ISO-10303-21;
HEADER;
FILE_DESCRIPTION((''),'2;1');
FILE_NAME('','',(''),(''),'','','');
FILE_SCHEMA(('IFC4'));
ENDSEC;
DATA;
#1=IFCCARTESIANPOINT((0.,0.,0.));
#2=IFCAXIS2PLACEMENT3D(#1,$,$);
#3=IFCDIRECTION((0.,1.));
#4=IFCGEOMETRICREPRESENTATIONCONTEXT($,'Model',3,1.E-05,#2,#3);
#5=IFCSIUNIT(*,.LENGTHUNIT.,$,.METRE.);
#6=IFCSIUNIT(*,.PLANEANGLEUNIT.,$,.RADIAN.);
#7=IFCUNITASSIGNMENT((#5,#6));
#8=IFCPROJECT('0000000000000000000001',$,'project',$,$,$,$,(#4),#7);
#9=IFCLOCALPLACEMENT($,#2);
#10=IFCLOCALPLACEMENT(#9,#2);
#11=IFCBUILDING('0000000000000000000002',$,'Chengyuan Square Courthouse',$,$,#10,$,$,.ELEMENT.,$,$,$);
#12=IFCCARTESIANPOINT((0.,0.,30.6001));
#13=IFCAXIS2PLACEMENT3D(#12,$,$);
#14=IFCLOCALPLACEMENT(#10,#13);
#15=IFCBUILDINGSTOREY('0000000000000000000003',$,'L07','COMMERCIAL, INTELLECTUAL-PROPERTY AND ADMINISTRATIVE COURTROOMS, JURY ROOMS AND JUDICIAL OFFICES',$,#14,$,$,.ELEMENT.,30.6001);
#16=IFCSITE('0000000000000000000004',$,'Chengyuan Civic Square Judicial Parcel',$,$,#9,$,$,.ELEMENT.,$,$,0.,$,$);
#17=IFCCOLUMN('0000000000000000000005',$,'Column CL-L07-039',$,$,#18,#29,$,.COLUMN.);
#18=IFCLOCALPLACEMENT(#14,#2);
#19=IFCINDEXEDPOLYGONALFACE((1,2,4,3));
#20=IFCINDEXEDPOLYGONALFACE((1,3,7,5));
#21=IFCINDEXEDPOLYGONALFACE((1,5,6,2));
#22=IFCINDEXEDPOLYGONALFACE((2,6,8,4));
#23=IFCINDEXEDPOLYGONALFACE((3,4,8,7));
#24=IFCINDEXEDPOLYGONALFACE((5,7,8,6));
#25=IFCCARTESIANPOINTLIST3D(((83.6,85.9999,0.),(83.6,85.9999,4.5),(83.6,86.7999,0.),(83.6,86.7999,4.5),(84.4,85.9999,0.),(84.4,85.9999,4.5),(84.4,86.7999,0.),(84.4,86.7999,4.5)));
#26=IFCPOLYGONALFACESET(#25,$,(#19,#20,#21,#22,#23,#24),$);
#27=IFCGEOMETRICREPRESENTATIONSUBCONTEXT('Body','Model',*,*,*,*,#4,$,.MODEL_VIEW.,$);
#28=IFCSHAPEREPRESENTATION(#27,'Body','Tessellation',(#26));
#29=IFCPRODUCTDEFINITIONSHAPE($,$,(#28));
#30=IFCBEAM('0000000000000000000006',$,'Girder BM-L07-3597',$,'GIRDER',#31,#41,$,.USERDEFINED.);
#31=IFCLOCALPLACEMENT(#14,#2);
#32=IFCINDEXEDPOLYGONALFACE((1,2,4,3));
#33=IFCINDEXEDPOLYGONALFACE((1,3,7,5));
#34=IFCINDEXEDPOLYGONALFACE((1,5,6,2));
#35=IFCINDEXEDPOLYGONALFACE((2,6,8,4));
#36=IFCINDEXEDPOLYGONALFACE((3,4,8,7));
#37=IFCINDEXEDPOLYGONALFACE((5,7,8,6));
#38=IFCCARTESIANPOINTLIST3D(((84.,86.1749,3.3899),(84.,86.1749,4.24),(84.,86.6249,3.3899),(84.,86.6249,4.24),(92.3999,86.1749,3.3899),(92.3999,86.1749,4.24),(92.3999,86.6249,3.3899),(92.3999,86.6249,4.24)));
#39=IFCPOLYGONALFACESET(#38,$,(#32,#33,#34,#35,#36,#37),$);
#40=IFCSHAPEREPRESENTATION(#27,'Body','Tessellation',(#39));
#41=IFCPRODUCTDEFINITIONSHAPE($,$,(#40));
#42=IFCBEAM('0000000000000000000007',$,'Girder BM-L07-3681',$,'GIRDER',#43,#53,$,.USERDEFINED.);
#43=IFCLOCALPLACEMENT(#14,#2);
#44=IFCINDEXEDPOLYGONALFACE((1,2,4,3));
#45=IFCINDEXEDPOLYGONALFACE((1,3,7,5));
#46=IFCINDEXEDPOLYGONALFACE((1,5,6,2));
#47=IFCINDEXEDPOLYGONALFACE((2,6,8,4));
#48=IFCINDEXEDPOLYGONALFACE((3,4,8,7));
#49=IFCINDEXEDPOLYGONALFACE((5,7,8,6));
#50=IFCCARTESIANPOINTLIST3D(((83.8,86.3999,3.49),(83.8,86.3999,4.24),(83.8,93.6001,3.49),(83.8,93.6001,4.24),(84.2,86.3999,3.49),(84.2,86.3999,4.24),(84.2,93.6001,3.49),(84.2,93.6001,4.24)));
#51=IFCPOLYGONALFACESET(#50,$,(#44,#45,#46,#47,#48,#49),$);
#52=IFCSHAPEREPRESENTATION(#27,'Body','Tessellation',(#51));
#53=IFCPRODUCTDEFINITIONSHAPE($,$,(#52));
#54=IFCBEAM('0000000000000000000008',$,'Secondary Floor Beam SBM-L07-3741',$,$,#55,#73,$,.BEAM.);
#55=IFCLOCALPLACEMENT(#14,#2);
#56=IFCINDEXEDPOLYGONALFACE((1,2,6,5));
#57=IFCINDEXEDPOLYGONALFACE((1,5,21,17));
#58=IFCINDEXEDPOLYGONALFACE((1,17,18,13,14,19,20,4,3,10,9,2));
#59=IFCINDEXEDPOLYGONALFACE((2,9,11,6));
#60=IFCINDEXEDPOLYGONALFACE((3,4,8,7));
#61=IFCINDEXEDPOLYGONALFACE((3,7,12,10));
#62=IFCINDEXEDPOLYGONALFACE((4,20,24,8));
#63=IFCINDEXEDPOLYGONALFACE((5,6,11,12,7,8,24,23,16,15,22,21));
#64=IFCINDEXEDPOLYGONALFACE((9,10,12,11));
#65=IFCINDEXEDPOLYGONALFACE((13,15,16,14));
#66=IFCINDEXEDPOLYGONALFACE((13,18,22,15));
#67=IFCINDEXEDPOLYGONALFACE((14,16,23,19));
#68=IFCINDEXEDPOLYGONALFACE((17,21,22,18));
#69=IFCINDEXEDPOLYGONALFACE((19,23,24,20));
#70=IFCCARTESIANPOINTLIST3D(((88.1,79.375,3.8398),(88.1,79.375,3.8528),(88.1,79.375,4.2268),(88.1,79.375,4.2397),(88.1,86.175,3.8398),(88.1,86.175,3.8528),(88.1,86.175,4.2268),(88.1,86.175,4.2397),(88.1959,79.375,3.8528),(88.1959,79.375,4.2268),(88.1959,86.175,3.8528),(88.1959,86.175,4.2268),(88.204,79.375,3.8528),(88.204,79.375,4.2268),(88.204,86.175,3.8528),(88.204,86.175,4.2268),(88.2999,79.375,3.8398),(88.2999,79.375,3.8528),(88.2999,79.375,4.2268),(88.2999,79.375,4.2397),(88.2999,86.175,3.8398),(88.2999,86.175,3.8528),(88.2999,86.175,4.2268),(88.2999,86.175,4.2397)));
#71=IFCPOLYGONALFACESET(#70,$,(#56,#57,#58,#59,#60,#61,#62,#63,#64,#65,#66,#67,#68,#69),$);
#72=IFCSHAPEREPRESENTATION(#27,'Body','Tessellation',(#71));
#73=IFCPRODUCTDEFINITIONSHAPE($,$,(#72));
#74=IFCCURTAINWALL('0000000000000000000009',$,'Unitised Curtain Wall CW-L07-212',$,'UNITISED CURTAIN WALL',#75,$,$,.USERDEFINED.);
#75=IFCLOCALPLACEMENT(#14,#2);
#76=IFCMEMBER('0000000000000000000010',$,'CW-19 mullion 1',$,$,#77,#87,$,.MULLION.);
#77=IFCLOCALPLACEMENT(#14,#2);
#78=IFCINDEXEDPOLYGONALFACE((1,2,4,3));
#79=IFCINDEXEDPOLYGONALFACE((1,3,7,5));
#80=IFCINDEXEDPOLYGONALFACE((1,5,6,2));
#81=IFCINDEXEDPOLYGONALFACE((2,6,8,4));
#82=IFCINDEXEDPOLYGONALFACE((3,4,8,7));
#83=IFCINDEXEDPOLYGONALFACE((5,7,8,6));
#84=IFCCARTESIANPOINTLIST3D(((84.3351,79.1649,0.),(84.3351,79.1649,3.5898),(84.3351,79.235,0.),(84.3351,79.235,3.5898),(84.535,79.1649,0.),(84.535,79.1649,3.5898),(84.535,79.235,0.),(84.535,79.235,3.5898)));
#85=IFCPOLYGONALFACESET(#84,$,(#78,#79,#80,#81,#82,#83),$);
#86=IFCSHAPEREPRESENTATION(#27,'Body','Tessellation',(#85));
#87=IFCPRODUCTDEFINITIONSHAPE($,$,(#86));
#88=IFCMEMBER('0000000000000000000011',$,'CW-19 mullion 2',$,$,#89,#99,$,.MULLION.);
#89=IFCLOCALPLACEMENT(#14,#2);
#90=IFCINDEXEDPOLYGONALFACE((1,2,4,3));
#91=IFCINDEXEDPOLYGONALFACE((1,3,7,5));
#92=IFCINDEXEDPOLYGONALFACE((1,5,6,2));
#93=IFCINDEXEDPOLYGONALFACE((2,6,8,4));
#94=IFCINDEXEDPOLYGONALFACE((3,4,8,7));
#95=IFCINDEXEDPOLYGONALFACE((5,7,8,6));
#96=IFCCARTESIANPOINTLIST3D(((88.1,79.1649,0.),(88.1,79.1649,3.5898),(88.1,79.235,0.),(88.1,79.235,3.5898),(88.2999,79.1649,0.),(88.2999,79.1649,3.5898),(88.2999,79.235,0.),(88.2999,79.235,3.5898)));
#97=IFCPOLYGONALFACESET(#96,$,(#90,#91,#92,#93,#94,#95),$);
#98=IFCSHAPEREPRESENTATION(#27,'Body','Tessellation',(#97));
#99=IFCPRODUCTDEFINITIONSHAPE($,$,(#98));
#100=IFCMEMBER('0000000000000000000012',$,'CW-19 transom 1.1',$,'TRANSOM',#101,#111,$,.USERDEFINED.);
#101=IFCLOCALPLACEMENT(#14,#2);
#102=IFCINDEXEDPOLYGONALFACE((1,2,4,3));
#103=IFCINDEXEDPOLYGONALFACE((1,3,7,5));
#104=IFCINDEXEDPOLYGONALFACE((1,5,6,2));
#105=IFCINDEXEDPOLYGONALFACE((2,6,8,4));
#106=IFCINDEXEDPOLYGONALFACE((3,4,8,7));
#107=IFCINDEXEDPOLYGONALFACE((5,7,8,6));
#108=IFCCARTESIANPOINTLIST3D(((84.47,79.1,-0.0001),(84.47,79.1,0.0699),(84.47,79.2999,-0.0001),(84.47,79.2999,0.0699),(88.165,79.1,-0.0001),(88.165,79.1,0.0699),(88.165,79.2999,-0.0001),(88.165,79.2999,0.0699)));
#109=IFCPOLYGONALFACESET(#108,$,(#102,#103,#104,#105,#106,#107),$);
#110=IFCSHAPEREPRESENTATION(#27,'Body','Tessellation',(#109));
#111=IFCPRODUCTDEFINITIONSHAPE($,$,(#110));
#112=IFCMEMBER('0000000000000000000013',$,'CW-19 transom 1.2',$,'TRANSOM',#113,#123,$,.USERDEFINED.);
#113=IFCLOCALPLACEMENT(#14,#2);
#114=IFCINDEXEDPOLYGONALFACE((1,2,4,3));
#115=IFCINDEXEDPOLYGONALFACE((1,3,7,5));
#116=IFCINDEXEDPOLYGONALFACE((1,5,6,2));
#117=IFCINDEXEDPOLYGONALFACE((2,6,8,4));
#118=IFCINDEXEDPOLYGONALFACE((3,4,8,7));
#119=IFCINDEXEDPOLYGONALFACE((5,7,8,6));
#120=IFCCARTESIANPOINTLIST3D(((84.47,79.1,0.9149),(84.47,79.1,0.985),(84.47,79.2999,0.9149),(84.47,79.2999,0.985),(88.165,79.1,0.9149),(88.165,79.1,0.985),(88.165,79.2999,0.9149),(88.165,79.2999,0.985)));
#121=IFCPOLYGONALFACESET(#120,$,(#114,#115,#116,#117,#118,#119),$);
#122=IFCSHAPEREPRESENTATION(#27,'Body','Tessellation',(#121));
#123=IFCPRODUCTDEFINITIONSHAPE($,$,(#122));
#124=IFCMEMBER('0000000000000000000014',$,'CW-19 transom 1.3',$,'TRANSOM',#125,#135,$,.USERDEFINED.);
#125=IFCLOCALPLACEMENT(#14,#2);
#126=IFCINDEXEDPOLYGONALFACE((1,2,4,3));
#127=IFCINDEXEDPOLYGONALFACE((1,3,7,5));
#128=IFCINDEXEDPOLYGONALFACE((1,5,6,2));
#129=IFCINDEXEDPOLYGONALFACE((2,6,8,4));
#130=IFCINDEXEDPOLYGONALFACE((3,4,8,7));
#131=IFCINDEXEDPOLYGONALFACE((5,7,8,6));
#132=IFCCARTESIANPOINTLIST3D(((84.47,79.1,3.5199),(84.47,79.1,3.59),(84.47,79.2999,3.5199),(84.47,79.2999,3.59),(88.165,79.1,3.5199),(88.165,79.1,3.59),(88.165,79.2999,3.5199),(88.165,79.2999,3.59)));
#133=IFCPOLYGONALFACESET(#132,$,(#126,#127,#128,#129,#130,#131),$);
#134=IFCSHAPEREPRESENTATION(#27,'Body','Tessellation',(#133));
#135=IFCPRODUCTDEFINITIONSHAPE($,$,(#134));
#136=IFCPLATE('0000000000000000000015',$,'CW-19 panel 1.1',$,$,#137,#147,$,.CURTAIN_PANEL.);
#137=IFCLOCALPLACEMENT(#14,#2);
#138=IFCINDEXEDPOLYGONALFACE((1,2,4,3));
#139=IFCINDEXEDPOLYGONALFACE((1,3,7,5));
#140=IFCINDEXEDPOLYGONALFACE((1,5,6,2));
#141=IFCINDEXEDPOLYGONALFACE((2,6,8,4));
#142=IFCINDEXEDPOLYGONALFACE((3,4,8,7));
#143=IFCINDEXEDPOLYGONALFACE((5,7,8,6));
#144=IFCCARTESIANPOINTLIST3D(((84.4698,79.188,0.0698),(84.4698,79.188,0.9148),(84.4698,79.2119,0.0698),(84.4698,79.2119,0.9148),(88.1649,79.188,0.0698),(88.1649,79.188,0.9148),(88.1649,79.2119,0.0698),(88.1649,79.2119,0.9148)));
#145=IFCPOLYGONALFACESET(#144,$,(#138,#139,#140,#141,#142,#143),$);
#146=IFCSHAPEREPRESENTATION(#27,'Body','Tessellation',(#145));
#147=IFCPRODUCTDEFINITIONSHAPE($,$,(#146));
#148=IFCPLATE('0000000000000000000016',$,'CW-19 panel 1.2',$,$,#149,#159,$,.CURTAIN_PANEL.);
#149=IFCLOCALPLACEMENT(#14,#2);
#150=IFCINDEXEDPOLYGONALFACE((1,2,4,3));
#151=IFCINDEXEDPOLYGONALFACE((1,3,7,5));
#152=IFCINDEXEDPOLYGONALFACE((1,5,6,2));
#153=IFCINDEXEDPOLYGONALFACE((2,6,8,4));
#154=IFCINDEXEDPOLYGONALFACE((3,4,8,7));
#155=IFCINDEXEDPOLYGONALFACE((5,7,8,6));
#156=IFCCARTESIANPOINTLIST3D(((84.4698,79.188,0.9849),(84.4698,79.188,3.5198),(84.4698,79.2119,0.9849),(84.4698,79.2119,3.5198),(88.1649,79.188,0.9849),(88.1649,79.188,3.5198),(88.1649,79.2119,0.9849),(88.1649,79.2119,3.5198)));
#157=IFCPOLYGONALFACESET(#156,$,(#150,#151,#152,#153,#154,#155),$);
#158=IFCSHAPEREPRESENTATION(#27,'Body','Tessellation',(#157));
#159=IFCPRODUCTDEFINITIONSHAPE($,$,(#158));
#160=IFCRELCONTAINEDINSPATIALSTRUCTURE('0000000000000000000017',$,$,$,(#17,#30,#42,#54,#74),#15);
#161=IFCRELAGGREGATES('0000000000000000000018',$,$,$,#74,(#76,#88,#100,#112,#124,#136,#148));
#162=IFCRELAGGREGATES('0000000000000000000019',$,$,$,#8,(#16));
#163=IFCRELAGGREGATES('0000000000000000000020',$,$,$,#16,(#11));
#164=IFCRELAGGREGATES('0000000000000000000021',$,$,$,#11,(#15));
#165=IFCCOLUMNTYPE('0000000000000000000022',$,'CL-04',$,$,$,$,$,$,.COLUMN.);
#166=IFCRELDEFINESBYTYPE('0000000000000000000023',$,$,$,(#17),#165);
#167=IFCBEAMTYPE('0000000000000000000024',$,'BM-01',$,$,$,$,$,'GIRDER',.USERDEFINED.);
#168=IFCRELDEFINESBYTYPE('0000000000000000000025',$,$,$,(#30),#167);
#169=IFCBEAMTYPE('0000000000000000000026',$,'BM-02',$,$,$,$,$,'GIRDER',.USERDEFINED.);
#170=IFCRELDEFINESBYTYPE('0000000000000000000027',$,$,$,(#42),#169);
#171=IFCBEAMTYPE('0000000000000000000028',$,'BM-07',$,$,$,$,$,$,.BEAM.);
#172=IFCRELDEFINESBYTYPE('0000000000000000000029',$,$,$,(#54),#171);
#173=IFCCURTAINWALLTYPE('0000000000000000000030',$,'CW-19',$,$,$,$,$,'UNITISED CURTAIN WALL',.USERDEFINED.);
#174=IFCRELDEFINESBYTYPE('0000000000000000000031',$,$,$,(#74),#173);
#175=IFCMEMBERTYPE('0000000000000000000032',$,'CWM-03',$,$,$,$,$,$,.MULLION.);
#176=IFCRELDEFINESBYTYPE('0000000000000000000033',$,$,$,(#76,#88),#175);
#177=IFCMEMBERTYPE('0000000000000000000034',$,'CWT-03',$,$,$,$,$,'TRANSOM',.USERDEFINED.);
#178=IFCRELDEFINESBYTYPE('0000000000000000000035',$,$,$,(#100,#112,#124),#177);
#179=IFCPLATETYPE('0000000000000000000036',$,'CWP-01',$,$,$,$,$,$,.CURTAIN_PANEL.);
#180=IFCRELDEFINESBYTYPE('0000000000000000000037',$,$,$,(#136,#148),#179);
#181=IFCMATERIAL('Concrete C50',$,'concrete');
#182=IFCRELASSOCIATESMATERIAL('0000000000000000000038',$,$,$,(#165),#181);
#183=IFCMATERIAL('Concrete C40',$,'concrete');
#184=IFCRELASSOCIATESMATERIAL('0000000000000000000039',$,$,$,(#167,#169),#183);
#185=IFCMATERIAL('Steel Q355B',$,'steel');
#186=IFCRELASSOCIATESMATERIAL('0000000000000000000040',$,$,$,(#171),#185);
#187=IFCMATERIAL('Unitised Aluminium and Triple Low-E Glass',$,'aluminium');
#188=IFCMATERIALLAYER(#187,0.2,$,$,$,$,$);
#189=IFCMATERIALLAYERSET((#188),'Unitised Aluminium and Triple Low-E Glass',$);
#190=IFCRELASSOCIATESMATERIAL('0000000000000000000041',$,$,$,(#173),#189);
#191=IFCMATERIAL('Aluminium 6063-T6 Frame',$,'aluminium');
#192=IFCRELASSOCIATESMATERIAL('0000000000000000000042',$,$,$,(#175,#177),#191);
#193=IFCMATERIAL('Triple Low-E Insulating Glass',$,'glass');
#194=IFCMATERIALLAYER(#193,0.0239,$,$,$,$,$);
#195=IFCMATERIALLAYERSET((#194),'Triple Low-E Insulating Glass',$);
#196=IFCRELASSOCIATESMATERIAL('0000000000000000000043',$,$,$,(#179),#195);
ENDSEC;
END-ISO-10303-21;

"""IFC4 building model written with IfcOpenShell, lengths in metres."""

from ifc_helpers import new_model, si_unit, direction, frame, origin, origin_2d, place, context, subcontext, project, spatial, rectangle, i_section, extrude, material, layer, layer_set, material_profile, profile_set, type_object, element, aggregate, save


model = new_model("IFC4")

# Units and contexts
model_context = context("Model", 3, precision=1e-05, world=origin(), true_north=direction((0.0, 1.0)))
body_context = subcontext(model_context, "Body", "Model", "MODEL_VIEW")
ifc_project = project(units=[si_unit("LENGTHUNIT", "METRE"), si_unit("PLANEANGLEUNIT", "RADIAN")], contexts=[model_context])

# Site, building, storey
site_placement = place(None, origin())
site = spatial("IfcSite", under=ifc_project, at=site_placement, Name="Chengyuan Civic Square Judicial Parcel", CompositionType="ELEMENT", RefElevation=0.0)
building_placement = place(site_placement, origin())
building = spatial("IfcBuilding", under=site, at=building_placement, Name="Chengyuan Square Courthouse", CompositionType="ELEMENT")
storey_placement = place(building_placement, frame((0.0, 0.0, 30.6001)))
storey = spatial("IfcBuildingStorey", under=building, at=storey_placement, Name="L07", Description="COMMERCIAL, INTELLECTUAL-PROPERTY AND ADMINISTRATIVE COURTROOMS, JURY ROOMS AND JUDICIAL OFFICES", CompositionType="ELEMENT", Elevation=30.6001)

# Column
ifc_material_1 = material(Name="Concrete C50", Category="concrete")
ifc_material_profile_1 = material_profile(ifc_material_1, rectangle(XDim=0.8, YDim=0.8, at=origin_2d()), Name="RC-COL-800x800")
ifc_profile_set_1 = profile_set([ifc_material_profile_1], Name="Concrete C50")
column_type = type_object("IfcColumnType", Name="CL-04", PredefinedType="COLUMN", material=ifc_profile_set_1)
column_placement = place(storey_placement, frame((84.0, 86.3999, 0.0), z_axis=(0.0, 0.0, 1.0), x_axis=(1.0, 0.0, 0.0)))
element("IfcColumn", 1, at=column_placement, inside=storey, type_object=column_type, Name="Column CL-L07-039", PredefinedType="COLUMN", context=body_context, shape_type="SweptSolid", body=[
    extrude(rectangle(XDim=0.8, YDim=0.8, at=origin_2d()), origin(), (0.0, 0.0, 1.0), 4.5),
])

# Beams
ifc_material_2 = material(Name="Concrete C40", Category="concrete")
ifc_material_profile_2 = material_profile(ifc_material_2, rectangle(XDim=0.45, YDim=0.8501, at=origin_2d()), Name="RC-BM-450x850")
ifc_profile_set_2 = profile_set([ifc_material_profile_2], Name="Concrete C40")
beam_type_1 = type_object("IfcBeamType", Name="BM-01", ElementType="GIRDER", PredefinedType="USERDEFINED", material=ifc_profile_set_2)
beam_1_placement = place(storey_placement, frame((84.0, 86.3999, 3.8149), z_axis=(1.0, 0.0, 0.0), x_axis=(0.0, 1.0, 0.0)))
element("IfcBeam", 2, at=beam_1_placement, inside=storey, type_object=beam_type_1, Name="Girder BM-L07-3597", ObjectType="GIRDER", PredefinedType="USERDEFINED", context=body_context, shape_type="SweptSolid", body=[
    extrude(rectangle(XDim=0.45, YDim=0.8501, at=origin_2d()), origin(), (0.0, 0.0, 1.0), 8.3999),
])
ifc_material_profile_3 = material_profile(ifc_material_2, rectangle(XDim=0.3999, YDim=0.75, at=origin_2d()), Name="RC-BM-400x750")
ifc_profile_set_3 = profile_set([ifc_material_profile_3], Name="Concrete C40")
beam_type_2 = type_object("IfcBeamType", Name="BM-02", ElementType="GIRDER", PredefinedType="USERDEFINED", material=ifc_profile_set_3)
beam_2_placement = place(storey_placement, frame((84.0, 86.3999, 3.865), z_axis=(0.0, 1.0, 0.0), x_axis=(-1.0, 0.0, 0.0)))
element("IfcBeam", 3, at=beam_2_placement, inside=storey, type_object=beam_type_2, Name="Girder BM-L07-3681", ObjectType="GIRDER", PredefinedType="USERDEFINED", context=body_context, shape_type="SweptSolid", body=[
    extrude(rectangle(XDim=0.3999, YDim=0.75, at=origin_2d()), origin(), (0.0, 0.0, 1.0), 7.2002),
])
ifc_material_3 = material(Name="Steel Q355B", Category="steel")
ifc_material_profile_4 = material_profile(ifc_material_3, i_section(OverallWidth=0.2, OverallDepth=0.3999, WebThickness=0.0081, FlangeThickness=0.0129, at=origin_2d()), Name="HN 400x200x8x13")
ifc_profile_set_4 = profile_set([ifc_material_profile_4], Name="Steel Q355B")
beam_type_3 = type_object("IfcBeamType", Name="BM-07", PredefinedType="BEAM", material=ifc_profile_set_4)
beam_3_placement = place(storey_placement, frame((88.2, 79.375, 4.0398), z_axis=(0.0, 1.0, 0.0), x_axis=(-1.0, 0.0, 0.0)))
element("IfcBeam", 4, at=beam_3_placement, inside=storey, type_object=beam_type_3, Name="Secondary Floor Beam SBM-L07-3741", PredefinedType="BEAM", context=body_context, shape_type="SweptSolid", body=[
    extrude(i_section(OverallWidth=0.2, OverallDepth=0.3999, WebThickness=0.0081, FlangeThickness=0.0129, at=origin_2d()), origin(), (0.0, 0.0, 1.0), 6.8),
])

# Curtain wall, members, plates
ifc_material_4 = material(Name="Unitised Aluminium and Triple Low-E Glass", Category="aluminium")
ifc_layer_1 = layer(ifc_material_4, 0.2)
ifc_layer_set_1 = layer_set([ifc_layer_1], Name="Unitised Aluminium and Triple Low-E Glass")
curtain_wall_type = type_object("IfcCurtainWallType", Name="CW-19", ElementType="UNITISED CURTAIN WALL", PredefinedType="USERDEFINED", material=ifc_layer_set_1)
curtain_wall_placement = place(storey_placement, origin())
curtain_wall = element("IfcCurtainWall", 5, at=curtain_wall_placement, inside=storey, type_object=curtain_wall_type, Name="Unitised Curtain Wall CW-L07-212", ObjectType="UNITISED CURTAIN WALL", PredefinedType="USERDEFINED")
ifc_material_5 = material(Name="Aluminium 6063-T6 Frame", Category="aluminium")
ifc_material_profile_5 = material_profile(ifc_material_5, rectangle(XDim=0.0701, YDim=0.2, at=origin_2d()), Name="CW-MUL-70x200")
ifc_profile_set_5 = profile_set([ifc_material_profile_5], Name="Aluminium 6063-T6 Frame")
member_type_1 = type_object("IfcMemberType", Name="CWM-03", PredefinedType="MULLION", material=ifc_profile_set_5)
member_1_placement = place(storey_placement, frame((84.4351, 79.2, 0.0), z_axis=(0.0, 0.0, 1.0), x_axis=(0.0, 1.0, 0.0)))
member_1 = element("IfcMember", 6, at=member_1_placement, type_object=member_type_1, Name="CW-19 mullion 1", PredefinedType="MULLION", context=body_context, shape_type="SweptSolid", body=[
    extrude(rectangle(XDim=0.0701, YDim=0.2, at=origin_2d()), origin(), (0.0, 0.0, 1.0), 3.5898),
])
member_2_placement = place(storey_placement, frame((88.2, 79.2, 0.0), z_axis=(0.0, 0.0, 1.0), x_axis=(0.0, 1.0, 0.0)))
member_2 = element("IfcMember", 7, at=member_2_placement, type_object=member_type_1, Name="CW-19 mullion 2", PredefinedType="MULLION", context=body_context, shape_type="SweptSolid", body=[
    extrude(rectangle(XDim=0.0701, YDim=0.2, at=origin_2d()), origin(), (0.0, 0.0, 1.0), 3.5898),
])
ifc_material_profile_6 = material_profile(ifc_material_5, rectangle(XDim=0.2, YDim=0.0701, at=origin_2d()), Name="CW-TRN-70x160")
ifc_profile_set_6 = profile_set([ifc_material_profile_6], Name="Aluminium 6063-T6 Frame")
member_type_2 = type_object("IfcMemberType", Name="CWT-03", ElementType="TRANSOM", PredefinedType="USERDEFINED", material=ifc_profile_set_6)
member_3_placement = place(storey_placement, frame((84.47, 79.2, 0.0349), z_axis=(1.0, 0.0, 0.0), x_axis=(0.0, 1.0, 0.0)))
member_3 = element("IfcMember", 8, at=member_3_placement, type_object=member_type_2, Name="CW-19 transom 1.1", ObjectType="TRANSOM", PredefinedType="USERDEFINED", context=body_context, shape_type="SweptSolid", body=[
    extrude(rectangle(XDim=0.2, YDim=0.0701, at=origin_2d()), origin(), (0.0, 0.0, 1.0), 3.6951),
])
member_4_placement = place(storey_placement, frame((84.47, 79.2, 0.95), z_axis=(1.0, 0.0, 0.0), x_axis=(0.0, 1.0, 0.0)))
member_4 = element("IfcMember", 9, at=member_4_placement, type_object=member_type_2, Name="CW-19 transom 1.2", ObjectType="TRANSOM", PredefinedType="USERDEFINED", context=body_context, shape_type="SweptSolid", body=[
    extrude(rectangle(XDim=0.2, YDim=0.0701, at=origin_2d()), origin(), (0.0, 0.0, 1.0), 3.6951),
])
member_5_placement = place(storey_placement, frame((84.47, 79.2, 3.5549), z_axis=(1.0, 0.0, 0.0), x_axis=(0.0, 1.0, 0.0)))
member_5 = element("IfcMember", 10, at=member_5_placement, type_object=member_type_2, Name="CW-19 transom 1.3", ObjectType="TRANSOM", PredefinedType="USERDEFINED", context=body_context, shape_type="SweptSolid", body=[
    extrude(rectangle(XDim=0.2, YDim=0.0701, at=origin_2d()), origin(), (0.0, 0.0, 1.0), 3.6951),
])
ifc_material_6 = material(Name="Triple Low-E Insulating Glass", Category="glass")
ifc_layer_2 = layer(ifc_material_6, 0.0239)
ifc_layer_set_2 = layer_set([ifc_layer_2], Name="Triple Low-E Insulating Glass")
plate_type = type_object("IfcPlateType", Name="CWP-01", PredefinedType="CURTAIN_PANEL", material=ifc_layer_set_2)
plate_1_placement = place(storey_placement, frame((86.3174, 79.2, 0.0698), z_axis=(0.0, 0.0, 1.0), x_axis=(1.0, 0.0, 0.0)))
plate_1 = element("IfcPlate", 11, at=plate_1_placement, type_object=plate_type, Name="CW-19 panel 1.1", PredefinedType="CURTAIN_PANEL", context=body_context, shape_type="SweptSolid", body=[
    extrude(rectangle(XDim=3.6951, YDim=0.0239, at=origin_2d()), origin(), (0.0, 0.0, 1.0), 0.845),
])
plate_2_placement = place(storey_placement, frame((86.3174, 79.2, 0.9849), z_axis=(0.0, 0.0, 1.0), x_axis=(1.0, 0.0, 0.0)))
plate_2 = element("IfcPlate", 12, at=plate_2_placement, type_object=plate_type, Name="CW-19 panel 1.2", PredefinedType="CURTAIN_PANEL", context=body_context, shape_type="SweptSolid", body=[
    extrude(rectangle(XDim=3.6951, YDim=0.0239, at=origin_2d()), origin(), (0.0, 0.0, 1.0), 2.5349),
])
aggregate(curtain_wall, [member_1, member_2, member_3, member_4, member_5, plate_1, plate_2])

save(model, "model.ifc")
